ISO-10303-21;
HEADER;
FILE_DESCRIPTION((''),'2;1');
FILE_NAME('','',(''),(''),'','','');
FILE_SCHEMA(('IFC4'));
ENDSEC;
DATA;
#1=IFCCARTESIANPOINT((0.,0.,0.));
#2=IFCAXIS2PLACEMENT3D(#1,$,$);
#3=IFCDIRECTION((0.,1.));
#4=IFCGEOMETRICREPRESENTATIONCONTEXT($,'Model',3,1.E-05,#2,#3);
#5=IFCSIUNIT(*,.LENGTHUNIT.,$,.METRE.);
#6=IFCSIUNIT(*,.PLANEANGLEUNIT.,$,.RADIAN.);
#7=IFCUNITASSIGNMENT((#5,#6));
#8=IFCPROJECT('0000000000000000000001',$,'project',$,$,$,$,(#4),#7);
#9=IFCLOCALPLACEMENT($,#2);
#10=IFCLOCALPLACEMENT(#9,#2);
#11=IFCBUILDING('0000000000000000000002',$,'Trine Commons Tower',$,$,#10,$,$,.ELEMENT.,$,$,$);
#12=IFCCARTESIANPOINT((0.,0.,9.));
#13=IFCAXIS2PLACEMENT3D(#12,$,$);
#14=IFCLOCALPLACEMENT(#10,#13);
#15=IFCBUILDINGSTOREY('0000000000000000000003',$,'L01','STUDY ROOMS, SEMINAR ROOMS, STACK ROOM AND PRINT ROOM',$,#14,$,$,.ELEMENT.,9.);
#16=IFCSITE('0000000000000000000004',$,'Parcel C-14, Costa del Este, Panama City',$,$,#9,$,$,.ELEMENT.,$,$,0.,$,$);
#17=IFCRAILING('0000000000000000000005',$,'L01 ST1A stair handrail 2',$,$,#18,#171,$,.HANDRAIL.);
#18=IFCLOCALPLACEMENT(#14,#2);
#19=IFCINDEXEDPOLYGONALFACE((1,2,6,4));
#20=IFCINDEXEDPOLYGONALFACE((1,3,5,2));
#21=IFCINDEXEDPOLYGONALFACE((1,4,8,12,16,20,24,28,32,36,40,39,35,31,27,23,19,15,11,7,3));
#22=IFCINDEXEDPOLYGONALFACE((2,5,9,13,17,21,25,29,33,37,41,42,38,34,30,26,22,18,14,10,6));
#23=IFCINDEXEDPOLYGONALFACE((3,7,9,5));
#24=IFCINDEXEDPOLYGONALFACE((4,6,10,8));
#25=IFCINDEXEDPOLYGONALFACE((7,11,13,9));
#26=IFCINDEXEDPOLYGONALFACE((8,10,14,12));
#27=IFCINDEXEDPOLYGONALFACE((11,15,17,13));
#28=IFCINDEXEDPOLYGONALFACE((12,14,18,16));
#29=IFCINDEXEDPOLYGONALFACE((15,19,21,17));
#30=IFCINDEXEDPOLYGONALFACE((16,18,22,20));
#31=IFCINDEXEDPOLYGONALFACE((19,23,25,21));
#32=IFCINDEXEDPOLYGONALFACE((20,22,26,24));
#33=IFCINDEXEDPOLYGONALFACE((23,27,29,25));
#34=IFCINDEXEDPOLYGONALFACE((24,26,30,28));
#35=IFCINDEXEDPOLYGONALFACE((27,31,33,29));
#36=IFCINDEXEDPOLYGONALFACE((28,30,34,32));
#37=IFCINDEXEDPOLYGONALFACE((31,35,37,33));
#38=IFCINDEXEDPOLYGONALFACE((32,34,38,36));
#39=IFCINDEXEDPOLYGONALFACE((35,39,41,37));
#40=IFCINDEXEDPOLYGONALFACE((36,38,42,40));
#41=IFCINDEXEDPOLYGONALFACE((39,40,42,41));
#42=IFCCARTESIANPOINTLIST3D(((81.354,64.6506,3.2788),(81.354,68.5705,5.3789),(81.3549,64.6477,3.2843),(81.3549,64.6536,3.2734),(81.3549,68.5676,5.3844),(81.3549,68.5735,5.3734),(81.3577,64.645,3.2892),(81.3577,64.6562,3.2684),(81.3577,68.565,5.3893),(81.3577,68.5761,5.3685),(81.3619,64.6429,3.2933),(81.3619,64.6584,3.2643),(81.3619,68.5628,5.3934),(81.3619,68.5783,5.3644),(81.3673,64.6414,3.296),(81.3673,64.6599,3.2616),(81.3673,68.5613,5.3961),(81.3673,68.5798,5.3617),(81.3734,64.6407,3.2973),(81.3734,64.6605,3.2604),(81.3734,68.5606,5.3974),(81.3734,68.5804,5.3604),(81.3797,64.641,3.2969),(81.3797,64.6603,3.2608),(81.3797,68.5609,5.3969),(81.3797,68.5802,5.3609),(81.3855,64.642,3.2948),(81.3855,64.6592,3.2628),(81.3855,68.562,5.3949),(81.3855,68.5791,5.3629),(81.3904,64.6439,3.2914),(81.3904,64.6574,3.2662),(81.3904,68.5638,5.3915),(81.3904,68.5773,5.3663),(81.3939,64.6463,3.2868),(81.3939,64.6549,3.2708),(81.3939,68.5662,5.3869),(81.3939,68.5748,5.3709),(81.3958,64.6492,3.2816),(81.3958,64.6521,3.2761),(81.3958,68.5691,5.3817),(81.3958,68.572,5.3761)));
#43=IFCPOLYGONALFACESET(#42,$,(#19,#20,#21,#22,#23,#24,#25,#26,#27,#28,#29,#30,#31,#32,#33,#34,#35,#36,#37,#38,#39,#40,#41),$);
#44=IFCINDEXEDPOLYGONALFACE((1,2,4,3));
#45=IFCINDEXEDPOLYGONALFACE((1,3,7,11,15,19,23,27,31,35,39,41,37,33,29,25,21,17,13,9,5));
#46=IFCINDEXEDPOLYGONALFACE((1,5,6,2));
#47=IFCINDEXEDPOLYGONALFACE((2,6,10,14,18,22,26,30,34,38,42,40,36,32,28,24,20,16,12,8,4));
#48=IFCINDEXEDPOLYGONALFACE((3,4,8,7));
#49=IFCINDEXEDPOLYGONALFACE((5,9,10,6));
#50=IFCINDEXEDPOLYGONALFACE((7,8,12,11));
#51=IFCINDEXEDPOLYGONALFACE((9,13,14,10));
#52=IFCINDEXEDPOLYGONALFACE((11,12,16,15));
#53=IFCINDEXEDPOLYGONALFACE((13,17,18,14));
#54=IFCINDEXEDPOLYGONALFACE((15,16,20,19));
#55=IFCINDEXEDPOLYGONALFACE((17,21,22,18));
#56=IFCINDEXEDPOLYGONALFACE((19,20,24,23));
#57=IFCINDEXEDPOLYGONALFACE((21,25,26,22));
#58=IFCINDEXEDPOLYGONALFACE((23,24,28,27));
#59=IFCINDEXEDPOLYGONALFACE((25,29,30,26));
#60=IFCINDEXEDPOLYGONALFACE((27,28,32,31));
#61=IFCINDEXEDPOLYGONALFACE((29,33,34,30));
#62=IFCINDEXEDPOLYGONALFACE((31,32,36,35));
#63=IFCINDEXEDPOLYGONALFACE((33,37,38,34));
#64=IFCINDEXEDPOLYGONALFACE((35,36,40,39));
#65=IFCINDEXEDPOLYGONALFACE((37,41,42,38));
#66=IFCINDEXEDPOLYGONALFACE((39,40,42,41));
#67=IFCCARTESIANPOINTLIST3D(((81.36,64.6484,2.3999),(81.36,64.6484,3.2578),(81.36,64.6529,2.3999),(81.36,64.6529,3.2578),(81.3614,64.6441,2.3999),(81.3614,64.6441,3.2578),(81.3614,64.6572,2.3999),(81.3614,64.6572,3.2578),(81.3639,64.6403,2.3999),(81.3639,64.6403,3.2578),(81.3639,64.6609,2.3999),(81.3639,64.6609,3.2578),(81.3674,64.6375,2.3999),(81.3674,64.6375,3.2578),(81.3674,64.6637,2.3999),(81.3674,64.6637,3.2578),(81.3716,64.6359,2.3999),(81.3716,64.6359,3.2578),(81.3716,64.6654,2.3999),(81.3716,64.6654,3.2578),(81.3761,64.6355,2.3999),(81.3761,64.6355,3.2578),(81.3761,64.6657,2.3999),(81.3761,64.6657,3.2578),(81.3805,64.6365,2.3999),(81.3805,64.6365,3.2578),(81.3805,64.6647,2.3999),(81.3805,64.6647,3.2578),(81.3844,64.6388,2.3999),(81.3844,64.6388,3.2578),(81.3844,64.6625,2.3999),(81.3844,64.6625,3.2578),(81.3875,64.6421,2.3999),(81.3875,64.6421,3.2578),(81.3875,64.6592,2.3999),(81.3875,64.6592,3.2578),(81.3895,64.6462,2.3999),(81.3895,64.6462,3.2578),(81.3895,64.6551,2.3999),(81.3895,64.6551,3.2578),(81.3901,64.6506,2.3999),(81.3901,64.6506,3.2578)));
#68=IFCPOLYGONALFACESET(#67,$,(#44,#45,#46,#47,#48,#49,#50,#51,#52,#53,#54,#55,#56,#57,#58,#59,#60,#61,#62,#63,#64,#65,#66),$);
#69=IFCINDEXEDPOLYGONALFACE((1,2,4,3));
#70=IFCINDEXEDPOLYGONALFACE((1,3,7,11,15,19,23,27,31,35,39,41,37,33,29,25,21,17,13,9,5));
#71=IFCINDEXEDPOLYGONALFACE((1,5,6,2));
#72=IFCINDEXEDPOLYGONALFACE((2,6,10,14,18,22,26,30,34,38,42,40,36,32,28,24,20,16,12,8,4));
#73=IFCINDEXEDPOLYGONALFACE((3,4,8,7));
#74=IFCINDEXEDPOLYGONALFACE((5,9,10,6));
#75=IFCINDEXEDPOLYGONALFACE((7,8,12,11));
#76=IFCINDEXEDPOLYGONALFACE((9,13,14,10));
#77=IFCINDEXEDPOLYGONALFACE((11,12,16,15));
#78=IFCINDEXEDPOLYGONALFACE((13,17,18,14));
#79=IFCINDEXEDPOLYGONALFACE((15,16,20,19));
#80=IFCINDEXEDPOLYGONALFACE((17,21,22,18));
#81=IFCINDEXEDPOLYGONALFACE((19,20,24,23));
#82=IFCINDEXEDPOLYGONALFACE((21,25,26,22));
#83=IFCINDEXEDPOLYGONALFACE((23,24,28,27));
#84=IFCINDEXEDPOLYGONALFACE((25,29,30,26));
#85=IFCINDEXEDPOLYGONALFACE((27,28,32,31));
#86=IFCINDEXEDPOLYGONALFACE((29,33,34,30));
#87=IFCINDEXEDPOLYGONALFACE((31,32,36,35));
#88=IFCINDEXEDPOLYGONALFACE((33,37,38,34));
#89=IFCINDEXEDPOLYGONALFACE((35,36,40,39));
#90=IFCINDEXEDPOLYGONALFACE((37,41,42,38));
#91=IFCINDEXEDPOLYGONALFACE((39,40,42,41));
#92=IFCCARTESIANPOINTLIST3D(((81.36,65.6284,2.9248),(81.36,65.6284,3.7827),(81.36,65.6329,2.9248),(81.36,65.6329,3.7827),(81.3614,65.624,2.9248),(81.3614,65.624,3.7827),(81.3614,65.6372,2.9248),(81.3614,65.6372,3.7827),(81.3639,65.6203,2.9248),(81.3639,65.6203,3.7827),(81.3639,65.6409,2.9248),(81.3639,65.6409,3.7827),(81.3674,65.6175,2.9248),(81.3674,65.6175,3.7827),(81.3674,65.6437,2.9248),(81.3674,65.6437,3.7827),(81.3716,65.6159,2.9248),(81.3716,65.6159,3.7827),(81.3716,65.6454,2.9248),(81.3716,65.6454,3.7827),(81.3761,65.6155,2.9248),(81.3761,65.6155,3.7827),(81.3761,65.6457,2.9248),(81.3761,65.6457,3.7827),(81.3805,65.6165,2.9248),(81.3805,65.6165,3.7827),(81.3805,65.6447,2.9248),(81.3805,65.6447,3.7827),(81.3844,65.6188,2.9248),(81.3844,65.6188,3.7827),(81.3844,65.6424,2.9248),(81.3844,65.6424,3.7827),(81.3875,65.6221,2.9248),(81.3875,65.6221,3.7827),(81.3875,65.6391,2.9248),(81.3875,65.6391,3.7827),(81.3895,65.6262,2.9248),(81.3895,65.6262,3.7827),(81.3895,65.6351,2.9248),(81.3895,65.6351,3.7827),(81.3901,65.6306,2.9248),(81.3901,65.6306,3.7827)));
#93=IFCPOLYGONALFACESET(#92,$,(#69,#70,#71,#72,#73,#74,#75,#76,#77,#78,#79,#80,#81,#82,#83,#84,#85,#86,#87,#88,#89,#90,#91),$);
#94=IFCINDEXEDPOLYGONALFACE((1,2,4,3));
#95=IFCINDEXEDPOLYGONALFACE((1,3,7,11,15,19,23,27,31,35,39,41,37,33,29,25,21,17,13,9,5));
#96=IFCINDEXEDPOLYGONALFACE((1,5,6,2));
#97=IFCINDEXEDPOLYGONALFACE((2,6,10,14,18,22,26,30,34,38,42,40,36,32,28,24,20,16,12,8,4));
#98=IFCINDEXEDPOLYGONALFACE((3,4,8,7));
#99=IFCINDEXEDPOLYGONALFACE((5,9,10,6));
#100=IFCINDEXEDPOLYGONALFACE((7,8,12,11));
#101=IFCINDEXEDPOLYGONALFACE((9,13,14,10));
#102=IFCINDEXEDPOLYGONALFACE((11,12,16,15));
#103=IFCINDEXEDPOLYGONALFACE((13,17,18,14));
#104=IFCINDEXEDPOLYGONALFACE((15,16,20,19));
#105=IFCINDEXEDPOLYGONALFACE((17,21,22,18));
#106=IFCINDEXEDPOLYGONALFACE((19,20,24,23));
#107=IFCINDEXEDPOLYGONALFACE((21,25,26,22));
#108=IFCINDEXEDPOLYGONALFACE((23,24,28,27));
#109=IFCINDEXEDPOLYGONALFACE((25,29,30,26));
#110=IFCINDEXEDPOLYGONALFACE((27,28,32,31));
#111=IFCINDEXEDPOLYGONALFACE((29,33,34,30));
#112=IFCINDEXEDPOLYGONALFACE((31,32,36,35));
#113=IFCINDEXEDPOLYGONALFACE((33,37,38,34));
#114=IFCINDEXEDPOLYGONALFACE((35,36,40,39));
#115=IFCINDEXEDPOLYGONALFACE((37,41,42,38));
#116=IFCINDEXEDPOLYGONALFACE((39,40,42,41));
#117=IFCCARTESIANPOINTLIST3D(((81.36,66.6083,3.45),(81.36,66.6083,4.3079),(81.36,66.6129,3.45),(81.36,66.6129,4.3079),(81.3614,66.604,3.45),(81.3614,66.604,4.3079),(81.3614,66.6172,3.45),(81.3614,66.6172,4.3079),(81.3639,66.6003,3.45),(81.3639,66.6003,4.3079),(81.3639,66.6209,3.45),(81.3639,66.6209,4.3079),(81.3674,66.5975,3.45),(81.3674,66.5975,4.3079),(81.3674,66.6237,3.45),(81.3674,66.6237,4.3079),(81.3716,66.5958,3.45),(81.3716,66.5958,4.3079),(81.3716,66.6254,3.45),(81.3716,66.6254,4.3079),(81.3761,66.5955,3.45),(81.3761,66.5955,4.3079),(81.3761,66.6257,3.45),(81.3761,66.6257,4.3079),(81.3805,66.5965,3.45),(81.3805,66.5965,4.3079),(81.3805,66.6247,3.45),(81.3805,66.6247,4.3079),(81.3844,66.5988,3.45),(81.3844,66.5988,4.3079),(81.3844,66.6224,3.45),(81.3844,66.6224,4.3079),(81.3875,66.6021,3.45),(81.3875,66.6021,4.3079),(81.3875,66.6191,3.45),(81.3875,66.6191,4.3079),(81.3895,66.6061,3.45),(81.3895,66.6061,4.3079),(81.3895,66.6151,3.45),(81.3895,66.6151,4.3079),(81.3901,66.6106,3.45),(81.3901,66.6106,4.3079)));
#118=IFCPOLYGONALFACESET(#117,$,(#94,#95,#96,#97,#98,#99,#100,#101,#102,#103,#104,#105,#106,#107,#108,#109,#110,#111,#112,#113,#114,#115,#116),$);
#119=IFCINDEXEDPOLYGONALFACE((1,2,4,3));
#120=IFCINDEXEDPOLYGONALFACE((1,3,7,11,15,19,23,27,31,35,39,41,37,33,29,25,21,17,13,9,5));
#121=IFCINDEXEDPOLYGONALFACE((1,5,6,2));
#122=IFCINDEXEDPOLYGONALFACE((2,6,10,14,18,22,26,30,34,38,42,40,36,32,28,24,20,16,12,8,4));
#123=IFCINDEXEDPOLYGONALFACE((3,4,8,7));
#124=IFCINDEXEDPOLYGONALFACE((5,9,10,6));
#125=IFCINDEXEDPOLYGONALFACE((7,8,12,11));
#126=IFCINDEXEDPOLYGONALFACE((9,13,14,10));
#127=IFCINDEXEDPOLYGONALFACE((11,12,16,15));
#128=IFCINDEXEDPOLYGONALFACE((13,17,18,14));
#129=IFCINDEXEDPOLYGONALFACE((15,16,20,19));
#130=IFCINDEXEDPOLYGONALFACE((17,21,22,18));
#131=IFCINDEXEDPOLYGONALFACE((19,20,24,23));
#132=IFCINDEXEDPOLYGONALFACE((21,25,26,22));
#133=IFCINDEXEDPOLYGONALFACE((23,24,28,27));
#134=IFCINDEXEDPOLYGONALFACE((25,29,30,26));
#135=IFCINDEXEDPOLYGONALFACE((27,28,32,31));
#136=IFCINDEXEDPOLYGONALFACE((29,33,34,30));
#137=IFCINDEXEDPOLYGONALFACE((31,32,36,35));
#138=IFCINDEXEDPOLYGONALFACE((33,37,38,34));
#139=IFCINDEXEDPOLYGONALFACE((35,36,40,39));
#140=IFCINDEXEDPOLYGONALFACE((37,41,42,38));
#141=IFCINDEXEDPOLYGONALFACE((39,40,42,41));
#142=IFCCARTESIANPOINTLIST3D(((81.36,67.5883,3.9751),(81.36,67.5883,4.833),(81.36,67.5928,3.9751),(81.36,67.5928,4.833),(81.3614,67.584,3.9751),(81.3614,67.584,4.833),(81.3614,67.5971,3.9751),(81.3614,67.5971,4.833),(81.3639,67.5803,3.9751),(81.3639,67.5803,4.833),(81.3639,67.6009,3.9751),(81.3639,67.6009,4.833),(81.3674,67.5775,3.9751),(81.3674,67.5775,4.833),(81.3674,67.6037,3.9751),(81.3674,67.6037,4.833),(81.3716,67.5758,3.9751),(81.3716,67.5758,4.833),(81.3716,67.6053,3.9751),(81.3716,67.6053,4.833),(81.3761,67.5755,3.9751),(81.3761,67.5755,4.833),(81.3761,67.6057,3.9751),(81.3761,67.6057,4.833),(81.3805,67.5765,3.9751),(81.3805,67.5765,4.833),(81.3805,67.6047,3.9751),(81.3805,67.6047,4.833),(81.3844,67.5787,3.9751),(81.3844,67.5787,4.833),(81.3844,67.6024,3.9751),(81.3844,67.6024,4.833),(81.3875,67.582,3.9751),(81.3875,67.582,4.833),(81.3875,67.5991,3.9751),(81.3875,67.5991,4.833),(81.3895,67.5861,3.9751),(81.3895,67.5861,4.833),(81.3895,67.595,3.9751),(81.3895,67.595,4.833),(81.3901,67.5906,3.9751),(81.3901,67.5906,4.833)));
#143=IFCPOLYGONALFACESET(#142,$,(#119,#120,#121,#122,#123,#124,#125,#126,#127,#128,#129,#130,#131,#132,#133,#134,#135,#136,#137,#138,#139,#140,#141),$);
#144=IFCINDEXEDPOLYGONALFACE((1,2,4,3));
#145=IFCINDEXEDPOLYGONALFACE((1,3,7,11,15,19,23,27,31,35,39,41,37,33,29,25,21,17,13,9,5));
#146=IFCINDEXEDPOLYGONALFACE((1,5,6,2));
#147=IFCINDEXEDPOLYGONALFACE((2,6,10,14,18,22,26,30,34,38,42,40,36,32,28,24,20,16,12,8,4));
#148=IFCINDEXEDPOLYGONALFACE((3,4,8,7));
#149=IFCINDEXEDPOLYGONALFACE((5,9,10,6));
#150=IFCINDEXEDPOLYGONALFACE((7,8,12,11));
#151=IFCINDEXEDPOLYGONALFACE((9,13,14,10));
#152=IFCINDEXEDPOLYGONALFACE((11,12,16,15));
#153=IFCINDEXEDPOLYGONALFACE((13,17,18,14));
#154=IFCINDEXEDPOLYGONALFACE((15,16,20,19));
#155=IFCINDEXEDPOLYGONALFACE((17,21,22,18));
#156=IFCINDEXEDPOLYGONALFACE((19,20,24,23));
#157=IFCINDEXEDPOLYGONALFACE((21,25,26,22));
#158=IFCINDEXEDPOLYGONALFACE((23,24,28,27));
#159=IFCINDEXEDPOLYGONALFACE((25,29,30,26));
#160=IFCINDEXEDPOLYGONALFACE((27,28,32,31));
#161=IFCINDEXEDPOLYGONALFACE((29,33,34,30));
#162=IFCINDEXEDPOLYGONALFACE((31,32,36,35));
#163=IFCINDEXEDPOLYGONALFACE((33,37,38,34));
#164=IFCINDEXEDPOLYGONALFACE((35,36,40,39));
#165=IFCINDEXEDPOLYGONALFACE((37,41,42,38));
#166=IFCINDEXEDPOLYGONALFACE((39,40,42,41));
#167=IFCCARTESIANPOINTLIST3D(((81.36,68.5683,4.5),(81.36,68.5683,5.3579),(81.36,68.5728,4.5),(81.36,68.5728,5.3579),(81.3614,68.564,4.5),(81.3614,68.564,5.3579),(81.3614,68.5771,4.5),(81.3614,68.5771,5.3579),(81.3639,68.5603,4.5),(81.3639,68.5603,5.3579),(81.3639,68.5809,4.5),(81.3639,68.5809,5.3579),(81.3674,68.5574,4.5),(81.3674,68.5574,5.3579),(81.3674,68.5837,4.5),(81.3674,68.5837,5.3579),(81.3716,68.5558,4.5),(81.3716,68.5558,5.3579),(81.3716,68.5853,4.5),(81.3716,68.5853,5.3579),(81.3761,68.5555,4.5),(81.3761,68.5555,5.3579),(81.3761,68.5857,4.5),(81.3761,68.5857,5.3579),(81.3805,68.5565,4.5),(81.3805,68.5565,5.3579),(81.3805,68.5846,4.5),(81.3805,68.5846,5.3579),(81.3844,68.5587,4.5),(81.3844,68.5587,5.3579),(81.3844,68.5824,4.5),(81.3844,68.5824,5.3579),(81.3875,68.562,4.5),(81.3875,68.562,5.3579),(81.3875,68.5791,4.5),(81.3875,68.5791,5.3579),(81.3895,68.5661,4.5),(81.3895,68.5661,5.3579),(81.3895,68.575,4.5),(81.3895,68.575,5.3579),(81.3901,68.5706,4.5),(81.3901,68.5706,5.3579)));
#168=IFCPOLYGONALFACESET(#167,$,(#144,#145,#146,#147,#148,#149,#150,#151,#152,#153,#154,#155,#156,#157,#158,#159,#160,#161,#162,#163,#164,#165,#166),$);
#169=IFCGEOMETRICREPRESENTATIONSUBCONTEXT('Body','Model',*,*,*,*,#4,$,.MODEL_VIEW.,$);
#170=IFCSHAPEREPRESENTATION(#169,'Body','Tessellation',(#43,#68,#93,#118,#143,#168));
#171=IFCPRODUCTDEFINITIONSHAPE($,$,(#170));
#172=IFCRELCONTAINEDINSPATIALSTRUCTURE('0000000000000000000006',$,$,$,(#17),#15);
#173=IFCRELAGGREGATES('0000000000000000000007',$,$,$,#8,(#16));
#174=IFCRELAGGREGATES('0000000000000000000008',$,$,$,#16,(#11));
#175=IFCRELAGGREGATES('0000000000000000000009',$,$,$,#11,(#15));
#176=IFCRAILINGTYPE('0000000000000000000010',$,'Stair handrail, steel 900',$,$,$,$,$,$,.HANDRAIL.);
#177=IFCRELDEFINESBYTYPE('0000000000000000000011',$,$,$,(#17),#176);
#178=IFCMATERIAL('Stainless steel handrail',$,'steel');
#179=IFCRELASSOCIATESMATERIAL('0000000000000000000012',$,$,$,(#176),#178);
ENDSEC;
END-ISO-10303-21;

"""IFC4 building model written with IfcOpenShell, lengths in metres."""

from ifc_helpers import new_model, si_unit, direction, frame, origin, origin_2d, place, context, subcontext, project, spatial, circle, extrude, material, type_object, element, save


model = new_model("IFC4")

# Units and contexts
model_context = context("Model", 3, precision=1e-05, world=origin(), true_north=direction((0.0, 1.0)))
body_context = subcontext(model_context, "Body", "Model", "MODEL_VIEW")
ifc_project = project(units=[si_unit("LENGTHUNIT", "METRE"), si_unit("PLANEANGLEUNIT", "RADIAN")], contexts=[model_context])

# Site, building, storey
site_placement = place(None, origin())
site = spatial("IfcSite", under=ifc_project, at=site_placement, Name="Parcel C-14, Costa del Este, Panama City", CompositionType="ELEMENT", RefElevation=0.0)
building_placement = place(site_placement, origin())
building = spatial("IfcBuilding", under=site, at=building_placement, Name="Trine Commons Tower", CompositionType="ELEMENT")
storey_placement = place(building_placement, frame((0.0, 0.0, 9.0)))
storey = spatial("IfcBuildingStorey", under=building, at=storey_placement, Name="L01", Description="STUDY ROOMS, SEMINAR ROOMS, STACK ROOM AND PRINT ROOM", CompositionType="ELEMENT", Elevation=9.0)

# Railing
ifc_material_1 = material(Name="Stainless steel handrail", Category="steel")
railing_type_1 = type_object("IfcRailingType", Name="Stair handrail, steel 900", PredefinedType="HANDRAIL", material=ifc_material_1)
railing_1_placement = place(storey_placement, frame((81.375, 64.6506, 2.3999)))
element("IfcRailing", 1, at=railing_1_placement, inside=storey, type_object=railing_type_1, Name="L01 ST1A stair handrail 2", PredefinedType="HANDRAIL", context=body_context, shape_type="SweptSolid", body=[
    extrude(circle(Radius=0.021, at=origin_2d()), frame((0.0, 0.0, 0.8789), z_axis=(0.0, 0.881467, 0.472246), x_axis=(-1.0, 0.0, 0.0)), (0.0, 0.0, 1.0), 4.447),
    extrude(circle(Radius=0.0151, at=origin_2d()), origin(), (0.0, 0.0, 1.0), 0.8579),
    extrude(circle(Radius=0.0151, at=origin_2d()), frame((0.0, 0.98, 0.5249)), (0.0, 0.0, 1.0), 0.8579),
    extrude(circle(Radius=0.0151, at=origin_2d()), frame((0.0, 1.96, 1.05)), (0.0, 0.0, 1.0), 0.8579),
    extrude(circle(Radius=0.0151, at=origin_2d()), frame((0.0, 2.9399, 1.5752)), (0.0, 0.0, 1.0), 0.8579),
    extrude(circle(Radius=0.0151, at=origin_2d()), frame((0.0, 3.9199, 2.1001)), (0.0, 0.0, 1.0), 0.8579),
])

save(model, "model.ifc")
